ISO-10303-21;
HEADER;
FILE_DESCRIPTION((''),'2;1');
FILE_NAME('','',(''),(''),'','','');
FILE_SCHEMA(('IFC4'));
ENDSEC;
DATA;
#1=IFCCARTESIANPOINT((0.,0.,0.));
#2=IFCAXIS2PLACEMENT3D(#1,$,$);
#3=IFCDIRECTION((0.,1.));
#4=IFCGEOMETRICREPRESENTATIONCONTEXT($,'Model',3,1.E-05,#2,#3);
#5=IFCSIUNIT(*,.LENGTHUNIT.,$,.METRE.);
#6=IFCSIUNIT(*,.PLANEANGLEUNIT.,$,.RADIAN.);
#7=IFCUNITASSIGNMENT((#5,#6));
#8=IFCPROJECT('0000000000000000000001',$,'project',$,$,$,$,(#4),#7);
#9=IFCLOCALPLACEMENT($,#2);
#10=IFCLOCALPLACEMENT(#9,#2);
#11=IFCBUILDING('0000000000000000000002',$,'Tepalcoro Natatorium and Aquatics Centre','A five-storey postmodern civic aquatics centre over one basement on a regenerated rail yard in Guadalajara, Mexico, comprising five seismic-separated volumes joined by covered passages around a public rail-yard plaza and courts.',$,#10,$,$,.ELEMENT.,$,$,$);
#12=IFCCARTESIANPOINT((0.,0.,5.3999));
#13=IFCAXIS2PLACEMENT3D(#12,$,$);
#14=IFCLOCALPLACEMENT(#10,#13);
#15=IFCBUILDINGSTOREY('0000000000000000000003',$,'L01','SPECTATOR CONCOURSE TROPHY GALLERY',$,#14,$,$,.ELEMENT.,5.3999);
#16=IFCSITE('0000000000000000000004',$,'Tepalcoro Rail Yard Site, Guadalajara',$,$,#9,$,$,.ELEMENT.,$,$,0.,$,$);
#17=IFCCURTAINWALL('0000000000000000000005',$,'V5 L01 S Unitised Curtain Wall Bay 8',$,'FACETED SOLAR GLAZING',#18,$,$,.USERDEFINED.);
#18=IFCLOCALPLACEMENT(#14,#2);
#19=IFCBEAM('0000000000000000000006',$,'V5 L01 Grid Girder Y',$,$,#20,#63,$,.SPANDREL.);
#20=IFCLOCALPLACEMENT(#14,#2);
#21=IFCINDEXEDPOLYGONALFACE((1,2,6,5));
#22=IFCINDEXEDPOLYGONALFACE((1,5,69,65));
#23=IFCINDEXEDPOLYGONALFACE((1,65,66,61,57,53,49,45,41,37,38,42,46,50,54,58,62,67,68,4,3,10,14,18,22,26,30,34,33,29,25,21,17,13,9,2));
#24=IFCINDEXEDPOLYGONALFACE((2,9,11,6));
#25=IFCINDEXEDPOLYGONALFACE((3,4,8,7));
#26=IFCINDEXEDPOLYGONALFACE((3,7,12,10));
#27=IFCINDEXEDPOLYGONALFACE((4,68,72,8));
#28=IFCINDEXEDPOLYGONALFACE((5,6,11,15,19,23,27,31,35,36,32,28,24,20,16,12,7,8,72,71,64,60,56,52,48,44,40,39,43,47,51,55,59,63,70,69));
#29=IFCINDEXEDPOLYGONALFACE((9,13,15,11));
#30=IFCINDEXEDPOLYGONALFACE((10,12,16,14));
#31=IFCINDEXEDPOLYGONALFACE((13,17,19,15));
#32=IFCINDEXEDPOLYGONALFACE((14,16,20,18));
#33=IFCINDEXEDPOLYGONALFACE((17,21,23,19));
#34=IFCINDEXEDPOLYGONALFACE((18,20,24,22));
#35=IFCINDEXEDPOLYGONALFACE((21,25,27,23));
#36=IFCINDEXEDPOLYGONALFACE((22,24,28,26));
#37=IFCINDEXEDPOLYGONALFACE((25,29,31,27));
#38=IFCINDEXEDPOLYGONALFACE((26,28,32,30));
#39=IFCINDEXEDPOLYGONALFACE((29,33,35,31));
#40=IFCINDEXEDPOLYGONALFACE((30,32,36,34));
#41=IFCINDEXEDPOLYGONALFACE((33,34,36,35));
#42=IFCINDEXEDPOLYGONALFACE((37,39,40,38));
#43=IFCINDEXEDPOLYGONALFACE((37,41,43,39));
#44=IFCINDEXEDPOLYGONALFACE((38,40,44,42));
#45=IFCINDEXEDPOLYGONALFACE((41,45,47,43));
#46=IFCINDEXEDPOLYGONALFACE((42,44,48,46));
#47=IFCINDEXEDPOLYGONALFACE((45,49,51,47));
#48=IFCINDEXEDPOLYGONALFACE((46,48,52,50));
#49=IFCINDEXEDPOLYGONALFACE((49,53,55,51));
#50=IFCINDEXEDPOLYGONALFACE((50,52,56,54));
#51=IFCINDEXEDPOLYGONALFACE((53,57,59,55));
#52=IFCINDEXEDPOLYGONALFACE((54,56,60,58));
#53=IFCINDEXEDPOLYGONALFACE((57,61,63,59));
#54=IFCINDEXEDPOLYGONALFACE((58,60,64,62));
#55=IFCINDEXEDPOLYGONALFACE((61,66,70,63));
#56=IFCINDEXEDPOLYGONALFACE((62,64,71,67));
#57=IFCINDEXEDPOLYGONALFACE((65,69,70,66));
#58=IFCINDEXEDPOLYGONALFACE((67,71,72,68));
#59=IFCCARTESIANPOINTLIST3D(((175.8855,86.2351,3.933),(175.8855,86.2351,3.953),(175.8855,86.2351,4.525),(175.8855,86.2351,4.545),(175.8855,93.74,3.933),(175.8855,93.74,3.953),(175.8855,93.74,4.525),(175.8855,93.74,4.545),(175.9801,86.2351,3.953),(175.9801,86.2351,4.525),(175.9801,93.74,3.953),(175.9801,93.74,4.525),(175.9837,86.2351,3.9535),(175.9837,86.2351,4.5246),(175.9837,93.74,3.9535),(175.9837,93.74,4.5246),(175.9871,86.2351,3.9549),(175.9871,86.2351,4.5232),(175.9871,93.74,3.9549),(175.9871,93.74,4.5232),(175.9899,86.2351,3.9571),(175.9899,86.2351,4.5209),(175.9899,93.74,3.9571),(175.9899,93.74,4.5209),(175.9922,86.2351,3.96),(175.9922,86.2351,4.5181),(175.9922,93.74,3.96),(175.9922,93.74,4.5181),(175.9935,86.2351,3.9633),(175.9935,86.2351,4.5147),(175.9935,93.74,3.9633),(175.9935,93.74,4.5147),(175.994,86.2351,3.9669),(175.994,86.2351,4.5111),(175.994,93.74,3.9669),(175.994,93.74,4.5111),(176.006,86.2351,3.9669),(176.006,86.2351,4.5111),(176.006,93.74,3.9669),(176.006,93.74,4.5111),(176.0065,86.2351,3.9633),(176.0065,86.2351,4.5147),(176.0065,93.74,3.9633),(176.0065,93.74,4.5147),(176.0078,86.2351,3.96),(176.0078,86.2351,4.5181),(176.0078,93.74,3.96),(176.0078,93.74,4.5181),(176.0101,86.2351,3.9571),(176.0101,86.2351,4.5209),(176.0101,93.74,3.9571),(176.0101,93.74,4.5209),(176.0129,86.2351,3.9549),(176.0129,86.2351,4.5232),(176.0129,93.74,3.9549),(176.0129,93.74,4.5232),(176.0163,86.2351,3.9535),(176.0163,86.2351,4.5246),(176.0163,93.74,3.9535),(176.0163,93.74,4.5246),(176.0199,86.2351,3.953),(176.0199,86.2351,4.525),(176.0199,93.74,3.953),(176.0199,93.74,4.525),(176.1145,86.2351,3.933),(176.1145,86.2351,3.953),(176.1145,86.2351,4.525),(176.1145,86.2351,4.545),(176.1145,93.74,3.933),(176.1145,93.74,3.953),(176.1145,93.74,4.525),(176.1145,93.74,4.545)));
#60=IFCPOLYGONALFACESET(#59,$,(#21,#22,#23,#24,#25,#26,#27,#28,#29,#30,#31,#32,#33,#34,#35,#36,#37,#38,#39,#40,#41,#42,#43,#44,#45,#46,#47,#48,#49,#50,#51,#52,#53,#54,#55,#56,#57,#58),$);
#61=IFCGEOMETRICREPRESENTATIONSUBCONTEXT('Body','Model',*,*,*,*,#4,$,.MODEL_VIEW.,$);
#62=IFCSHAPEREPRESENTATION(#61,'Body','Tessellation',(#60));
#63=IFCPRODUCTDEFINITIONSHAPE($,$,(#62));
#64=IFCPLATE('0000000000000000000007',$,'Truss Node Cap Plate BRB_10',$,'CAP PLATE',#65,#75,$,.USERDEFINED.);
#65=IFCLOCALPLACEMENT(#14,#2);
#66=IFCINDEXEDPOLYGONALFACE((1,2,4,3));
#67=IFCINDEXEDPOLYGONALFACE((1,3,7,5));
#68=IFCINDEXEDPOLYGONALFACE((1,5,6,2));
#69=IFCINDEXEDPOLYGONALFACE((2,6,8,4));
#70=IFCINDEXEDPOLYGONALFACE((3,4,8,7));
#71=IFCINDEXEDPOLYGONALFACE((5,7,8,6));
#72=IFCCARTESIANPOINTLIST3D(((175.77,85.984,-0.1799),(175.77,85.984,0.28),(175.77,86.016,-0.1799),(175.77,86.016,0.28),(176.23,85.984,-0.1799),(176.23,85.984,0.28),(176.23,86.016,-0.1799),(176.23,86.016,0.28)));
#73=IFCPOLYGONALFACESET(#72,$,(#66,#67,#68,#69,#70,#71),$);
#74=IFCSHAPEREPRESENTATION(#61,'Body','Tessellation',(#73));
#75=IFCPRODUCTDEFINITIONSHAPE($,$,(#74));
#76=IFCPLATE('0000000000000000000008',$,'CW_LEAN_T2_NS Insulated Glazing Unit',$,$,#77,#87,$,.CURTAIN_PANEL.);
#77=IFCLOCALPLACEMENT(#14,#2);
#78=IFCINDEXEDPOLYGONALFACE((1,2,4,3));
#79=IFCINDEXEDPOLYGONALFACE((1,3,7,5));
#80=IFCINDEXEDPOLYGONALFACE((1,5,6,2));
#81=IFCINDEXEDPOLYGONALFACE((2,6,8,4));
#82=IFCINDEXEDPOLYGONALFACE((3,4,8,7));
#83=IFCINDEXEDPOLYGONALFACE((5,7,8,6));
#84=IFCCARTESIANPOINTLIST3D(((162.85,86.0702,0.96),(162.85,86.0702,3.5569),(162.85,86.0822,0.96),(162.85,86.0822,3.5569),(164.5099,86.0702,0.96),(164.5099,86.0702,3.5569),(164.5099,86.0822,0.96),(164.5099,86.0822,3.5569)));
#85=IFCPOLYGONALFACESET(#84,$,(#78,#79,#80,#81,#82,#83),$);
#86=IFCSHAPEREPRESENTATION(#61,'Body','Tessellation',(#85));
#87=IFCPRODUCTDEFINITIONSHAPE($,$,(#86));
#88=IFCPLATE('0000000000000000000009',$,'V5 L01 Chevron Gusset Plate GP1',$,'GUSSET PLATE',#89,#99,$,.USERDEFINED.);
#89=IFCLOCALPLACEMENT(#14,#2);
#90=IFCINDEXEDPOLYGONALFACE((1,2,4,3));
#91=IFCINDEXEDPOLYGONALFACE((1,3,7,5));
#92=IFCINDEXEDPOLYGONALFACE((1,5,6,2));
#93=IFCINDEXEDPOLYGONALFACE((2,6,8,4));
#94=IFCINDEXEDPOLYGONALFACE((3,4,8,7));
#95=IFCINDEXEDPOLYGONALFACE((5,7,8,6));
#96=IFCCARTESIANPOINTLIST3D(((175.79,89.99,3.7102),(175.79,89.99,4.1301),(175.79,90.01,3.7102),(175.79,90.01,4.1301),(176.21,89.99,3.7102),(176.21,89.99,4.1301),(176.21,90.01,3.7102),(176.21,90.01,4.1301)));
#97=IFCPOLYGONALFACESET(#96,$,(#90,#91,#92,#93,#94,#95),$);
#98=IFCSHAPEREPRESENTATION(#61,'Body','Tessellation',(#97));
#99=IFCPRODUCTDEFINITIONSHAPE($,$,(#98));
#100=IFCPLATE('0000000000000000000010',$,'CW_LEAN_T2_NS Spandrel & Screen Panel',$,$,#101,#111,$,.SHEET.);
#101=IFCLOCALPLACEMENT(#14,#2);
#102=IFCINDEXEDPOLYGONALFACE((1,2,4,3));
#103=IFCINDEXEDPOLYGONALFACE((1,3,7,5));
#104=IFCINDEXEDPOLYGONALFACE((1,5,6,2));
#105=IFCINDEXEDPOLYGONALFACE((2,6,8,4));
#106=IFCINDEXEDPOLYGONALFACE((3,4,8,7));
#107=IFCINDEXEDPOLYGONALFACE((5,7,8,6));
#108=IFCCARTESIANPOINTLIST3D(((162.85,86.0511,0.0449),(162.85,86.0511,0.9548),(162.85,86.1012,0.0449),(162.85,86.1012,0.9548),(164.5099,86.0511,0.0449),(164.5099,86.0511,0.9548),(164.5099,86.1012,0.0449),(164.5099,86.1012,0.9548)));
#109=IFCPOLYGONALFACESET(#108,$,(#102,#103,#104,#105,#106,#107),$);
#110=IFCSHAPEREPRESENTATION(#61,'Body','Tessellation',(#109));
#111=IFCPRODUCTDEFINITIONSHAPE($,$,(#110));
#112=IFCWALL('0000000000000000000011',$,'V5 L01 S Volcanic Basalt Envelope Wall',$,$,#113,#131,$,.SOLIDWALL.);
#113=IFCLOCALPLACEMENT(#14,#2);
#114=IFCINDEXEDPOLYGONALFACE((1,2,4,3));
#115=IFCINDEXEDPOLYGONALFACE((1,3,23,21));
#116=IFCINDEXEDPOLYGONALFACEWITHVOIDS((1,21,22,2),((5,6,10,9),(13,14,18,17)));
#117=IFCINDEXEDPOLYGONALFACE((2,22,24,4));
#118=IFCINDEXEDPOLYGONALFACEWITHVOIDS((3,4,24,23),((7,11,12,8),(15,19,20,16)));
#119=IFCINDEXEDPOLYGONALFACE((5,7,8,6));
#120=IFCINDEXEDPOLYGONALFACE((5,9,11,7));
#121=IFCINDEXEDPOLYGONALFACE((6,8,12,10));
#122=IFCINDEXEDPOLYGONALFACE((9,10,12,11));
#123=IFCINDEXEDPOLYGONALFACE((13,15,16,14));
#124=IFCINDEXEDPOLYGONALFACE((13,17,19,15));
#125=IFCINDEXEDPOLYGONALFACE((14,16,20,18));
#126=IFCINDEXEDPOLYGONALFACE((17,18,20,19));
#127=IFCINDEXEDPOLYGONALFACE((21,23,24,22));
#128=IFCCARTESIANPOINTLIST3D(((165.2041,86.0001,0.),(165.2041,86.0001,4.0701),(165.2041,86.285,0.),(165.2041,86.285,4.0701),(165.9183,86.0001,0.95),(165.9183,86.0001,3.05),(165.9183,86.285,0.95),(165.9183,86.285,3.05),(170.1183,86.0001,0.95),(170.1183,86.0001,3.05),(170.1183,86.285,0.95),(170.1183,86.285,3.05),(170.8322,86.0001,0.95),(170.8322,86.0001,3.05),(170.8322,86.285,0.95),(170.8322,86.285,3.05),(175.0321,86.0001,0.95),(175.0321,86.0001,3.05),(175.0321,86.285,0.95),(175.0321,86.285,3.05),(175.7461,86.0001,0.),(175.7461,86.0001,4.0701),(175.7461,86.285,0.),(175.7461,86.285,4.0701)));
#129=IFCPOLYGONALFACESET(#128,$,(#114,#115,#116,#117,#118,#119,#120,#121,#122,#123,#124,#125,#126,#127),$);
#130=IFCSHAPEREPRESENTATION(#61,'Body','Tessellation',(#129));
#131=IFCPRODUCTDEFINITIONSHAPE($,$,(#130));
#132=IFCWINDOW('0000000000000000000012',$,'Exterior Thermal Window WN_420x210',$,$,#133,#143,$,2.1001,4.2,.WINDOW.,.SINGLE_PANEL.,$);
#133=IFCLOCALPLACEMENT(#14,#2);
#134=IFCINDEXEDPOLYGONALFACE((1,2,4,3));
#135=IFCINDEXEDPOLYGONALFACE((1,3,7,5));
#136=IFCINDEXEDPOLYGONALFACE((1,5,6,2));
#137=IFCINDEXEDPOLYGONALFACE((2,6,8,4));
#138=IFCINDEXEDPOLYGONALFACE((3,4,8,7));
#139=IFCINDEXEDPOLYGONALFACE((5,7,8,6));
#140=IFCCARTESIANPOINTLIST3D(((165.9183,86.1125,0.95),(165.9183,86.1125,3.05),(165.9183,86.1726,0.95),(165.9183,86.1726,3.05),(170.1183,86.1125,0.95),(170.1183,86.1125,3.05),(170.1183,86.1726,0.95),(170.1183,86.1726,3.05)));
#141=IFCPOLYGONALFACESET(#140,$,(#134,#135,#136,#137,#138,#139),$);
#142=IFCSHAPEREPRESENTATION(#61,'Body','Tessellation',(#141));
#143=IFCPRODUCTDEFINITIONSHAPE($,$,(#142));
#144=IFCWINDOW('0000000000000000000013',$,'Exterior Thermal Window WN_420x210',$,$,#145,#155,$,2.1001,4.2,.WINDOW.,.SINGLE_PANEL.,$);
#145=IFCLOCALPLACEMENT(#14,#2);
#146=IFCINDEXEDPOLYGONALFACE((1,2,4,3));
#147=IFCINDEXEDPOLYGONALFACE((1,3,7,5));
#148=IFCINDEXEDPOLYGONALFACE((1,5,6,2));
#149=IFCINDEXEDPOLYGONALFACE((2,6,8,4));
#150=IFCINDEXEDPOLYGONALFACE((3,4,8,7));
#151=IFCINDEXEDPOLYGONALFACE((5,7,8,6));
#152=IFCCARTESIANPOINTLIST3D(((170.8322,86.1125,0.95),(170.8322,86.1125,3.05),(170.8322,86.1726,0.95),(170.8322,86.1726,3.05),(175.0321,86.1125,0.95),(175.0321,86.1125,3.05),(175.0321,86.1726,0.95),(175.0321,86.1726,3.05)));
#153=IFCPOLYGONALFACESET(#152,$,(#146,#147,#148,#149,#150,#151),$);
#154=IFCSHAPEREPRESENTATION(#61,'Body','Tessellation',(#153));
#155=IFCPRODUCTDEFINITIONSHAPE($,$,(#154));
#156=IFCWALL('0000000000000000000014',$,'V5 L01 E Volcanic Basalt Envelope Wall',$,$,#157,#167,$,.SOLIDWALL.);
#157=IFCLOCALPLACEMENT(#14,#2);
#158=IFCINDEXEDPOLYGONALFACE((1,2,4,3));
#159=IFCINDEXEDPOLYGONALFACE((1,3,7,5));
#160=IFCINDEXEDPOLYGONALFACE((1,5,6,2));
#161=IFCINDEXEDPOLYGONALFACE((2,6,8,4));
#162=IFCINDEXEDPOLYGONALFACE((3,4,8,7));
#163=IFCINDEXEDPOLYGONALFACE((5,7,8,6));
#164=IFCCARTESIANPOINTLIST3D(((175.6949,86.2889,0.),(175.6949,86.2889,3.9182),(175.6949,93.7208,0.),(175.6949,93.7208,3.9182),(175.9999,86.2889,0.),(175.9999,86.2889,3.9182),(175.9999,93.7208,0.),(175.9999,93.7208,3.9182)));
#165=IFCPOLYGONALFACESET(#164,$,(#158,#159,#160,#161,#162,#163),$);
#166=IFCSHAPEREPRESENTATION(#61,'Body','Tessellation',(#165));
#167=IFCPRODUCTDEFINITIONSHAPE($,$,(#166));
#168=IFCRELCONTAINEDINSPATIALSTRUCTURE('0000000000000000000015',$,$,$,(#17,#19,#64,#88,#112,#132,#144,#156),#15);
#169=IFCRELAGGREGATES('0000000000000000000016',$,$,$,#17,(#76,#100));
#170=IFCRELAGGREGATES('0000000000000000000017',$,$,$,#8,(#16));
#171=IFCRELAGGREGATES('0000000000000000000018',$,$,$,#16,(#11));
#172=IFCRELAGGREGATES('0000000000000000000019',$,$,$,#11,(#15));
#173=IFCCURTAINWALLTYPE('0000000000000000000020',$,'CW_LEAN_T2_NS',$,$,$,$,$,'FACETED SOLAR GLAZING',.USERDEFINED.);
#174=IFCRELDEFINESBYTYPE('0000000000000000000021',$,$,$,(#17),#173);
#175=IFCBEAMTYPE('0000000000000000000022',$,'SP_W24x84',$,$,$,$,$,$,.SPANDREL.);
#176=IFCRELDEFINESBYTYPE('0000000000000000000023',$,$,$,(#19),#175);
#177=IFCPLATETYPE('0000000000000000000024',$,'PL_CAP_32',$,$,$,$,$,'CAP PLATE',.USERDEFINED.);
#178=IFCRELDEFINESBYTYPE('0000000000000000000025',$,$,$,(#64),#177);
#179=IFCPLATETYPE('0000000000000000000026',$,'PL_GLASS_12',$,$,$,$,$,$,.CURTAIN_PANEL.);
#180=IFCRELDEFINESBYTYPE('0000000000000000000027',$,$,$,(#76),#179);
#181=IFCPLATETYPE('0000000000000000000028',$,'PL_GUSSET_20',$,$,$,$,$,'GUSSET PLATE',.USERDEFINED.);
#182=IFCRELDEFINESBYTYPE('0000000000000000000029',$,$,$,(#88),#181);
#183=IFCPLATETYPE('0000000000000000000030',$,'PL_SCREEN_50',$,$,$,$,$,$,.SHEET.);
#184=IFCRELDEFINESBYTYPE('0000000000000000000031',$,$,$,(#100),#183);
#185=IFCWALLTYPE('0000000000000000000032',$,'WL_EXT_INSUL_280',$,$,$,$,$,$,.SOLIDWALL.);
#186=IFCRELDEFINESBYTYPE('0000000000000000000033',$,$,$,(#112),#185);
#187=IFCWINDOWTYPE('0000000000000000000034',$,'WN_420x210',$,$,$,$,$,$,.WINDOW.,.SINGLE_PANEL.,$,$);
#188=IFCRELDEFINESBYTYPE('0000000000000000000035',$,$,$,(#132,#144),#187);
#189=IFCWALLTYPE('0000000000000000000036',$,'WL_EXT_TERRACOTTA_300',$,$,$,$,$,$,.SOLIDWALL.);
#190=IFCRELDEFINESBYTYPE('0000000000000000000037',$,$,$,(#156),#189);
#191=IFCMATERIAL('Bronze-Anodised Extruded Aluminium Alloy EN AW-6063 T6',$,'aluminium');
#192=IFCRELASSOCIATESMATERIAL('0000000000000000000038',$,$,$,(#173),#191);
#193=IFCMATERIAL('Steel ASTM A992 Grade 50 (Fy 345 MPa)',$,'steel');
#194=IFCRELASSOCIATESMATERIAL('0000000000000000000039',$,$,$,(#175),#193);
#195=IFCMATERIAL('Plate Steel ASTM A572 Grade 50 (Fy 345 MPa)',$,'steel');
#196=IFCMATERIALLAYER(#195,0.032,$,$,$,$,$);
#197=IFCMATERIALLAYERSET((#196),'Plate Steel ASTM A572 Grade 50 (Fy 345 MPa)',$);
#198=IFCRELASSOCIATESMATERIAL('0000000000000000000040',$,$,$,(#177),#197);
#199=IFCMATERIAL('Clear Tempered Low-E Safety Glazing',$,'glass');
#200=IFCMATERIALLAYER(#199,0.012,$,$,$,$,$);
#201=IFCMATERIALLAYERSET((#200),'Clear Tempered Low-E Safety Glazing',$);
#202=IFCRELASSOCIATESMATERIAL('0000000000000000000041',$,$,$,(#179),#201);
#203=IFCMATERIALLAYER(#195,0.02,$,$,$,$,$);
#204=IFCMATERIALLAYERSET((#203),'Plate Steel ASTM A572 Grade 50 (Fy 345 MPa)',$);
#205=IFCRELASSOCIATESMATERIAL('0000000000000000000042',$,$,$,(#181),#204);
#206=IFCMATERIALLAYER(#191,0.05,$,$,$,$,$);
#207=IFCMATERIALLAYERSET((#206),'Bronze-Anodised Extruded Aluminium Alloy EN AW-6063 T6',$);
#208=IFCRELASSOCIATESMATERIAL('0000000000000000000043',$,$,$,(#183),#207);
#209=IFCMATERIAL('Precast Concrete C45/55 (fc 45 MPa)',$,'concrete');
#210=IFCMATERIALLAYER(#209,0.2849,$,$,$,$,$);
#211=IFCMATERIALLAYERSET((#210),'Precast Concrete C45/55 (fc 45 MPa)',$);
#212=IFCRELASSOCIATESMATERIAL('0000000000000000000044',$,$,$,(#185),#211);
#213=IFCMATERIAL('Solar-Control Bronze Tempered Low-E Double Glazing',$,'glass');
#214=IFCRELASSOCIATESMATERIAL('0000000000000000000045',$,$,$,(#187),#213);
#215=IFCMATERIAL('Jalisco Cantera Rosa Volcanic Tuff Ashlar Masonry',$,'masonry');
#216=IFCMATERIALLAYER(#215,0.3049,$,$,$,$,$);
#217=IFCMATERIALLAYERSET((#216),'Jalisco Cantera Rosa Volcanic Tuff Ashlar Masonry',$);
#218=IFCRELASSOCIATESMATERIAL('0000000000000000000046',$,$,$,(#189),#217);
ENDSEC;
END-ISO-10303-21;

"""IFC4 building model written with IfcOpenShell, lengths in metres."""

from ifc_helpers import new_model, si_unit, direction, frame, frame_2d, origin, origin_2d, place, context, subcontext, project, spatial, rectangle, i_section, extrude, material, layer, layer_set, material_profile, profile_set, type_object, element, fill, aggregate, save


model = new_model("IFC4")

# Units and contexts
model_context = context("Model", 3, precision=1e-05, world=origin(), true_north=direction((0.0, 1.0)))
body_context = subcontext(model_context, "Body", "Model", "MODEL_VIEW")
ifc_project = project(units=[si_unit("LENGTHUNIT", "METRE"), si_unit("PLANEANGLEUNIT", "RADIAN")], contexts=[model_context])

# Site, building, storey
site_placement = place(None, origin())
site = spatial("IfcSite", under=ifc_project, at=site_placement, Name="Tepalcoro Rail Yard Site, Guadalajara", CompositionType="ELEMENT", RefElevation=0.0)
building_placement = place(site_placement, origin())
building = spatial("IfcBuilding", under=site, at=building_placement, Name="Tepalcoro Natatorium and Aquatics Centre", Description="A five-storey postmodern civic aquatics centre over one basement on a regenerated rail yard in Guadalajara, Mexico, comprising five seismic-separated volumes joined by covered passages around a public rail-yard plaza and courts.", CompositionType="ELEMENT")
storey_placement = place(building_placement, frame((0.0, 0.0, 5.3999)))
storey = spatial("IfcBuildingStorey", under=building, at=storey_placement, Name="L01", Description="SPECTATOR CONCOURSE TROPHY GALLERY", CompositionType="ELEMENT", Elevation=5.3999)

# Shared definitions
ifc_material_1 = material(Name="Steel ASTM A992 Grade 50 (Fy 345 MPa)", Category="steel")

# Curtain wall
ifc_material_2 = material(Name="Bronze-Anodised Extruded Aluminium Alloy EN AW-6063 T6", Category="aluminium")
curtain_wall_type = type_object("IfcCurtainWallType", Name="CW_LEAN_T2_NS", ElementType="FACETED SOLAR GLAZING", PredefinedType="USERDEFINED", material=ifc_material_2)
curtain_wall_placement = place(storey_placement, origin())
curtain_wall = element("IfcCurtainWall", 1, at=curtain_wall_placement, inside=storey, type_object=curtain_wall_type, Name="V5 L01 S Unitised Curtain Wall Bay 8", ObjectType="FACETED SOLAR GLAZING", PredefinedType="USERDEFINED")

# Beam
ifc_material_profile_1 = material_profile(ifc_material_1, i_section(OverallWidth=0.229, OverallDepth=0.6121, WebThickness=0.012, FlangeThickness=0.02, FilletRadius=0.0139, at=origin_2d()), Name="W24X84")
ifc_profile_set_1 = profile_set([ifc_material_profile_1], Name="Steel ASTM A992 Grade 50 (Fy 345 MPa)")
beam_type_1 = type_object("IfcBeamType", Name="SP_W24x84", PredefinedType="SPANDREL", material=ifc_profile_set_1)
beam_1_placement = place(storey_placement, frame((176.0, 86.2351, 4.239), z_axis=(0.0, 1.0, 0.0), x_axis=(-1.0, 0.0, 0.0)))
element("IfcBeam", 2, at=beam_1_placement, inside=storey, type_object=beam_type_1, Name="V5 L01 Grid Girder Y", PredefinedType="SPANDREL", context=body_context, shape_type="SweptSolid", body=[
    extrude(i_section(OverallWidth=0.229, OverallDepth=0.6121, WebThickness=0.012, FlangeThickness=0.02, FilletRadius=0.0139, at=origin_2d()), origin(), (0.0, 0.0, 1.0), 7.5049),
])

# Plates
ifc_material_3 = material(Name="Plate Steel ASTM A572 Grade 50 (Fy 345 MPa)", Category="steel")
ifc_layer_1 = layer(ifc_material_3, 0.032)
ifc_layer_set_1 = layer_set([ifc_layer_1], Name="Plate Steel ASTM A572 Grade 50 (Fy 345 MPa)")
plate_type_1 = type_object("IfcPlateType", Name="PL_CAP_32", ElementType="CAP PLATE", PredefinedType="USERDEFINED", material=ifc_layer_set_1)
plate_1_placement = place(storey_placement, frame((176.0, 86.0, -0.1799), z_axis=(0.0, 0.0, 1.0), x_axis=(1.0, 0.0, 0.0)))
element("IfcPlate", 3, at=plate_1_placement, inside=storey, type_object=plate_type_1, Name="Truss Node Cap Plate BRB_10", ObjectType="CAP PLATE", PredefinedType="USERDEFINED", context=body_context, shape_type="SweptSolid", body=[
    extrude(rectangle(XDim=0.46, YDim=0.032, at=origin_2d()), origin(), (0.0, 0.0, 1.0), 0.46),
])
ifc_material_4 = material(Name="Clear Tempered Low-E Safety Glazing", Category="glass")
ifc_layer_2 = layer(ifc_material_4, 0.012)
ifc_layer_set_2 = layer_set([ifc_layer_2], Name="Clear Tempered Low-E Safety Glazing")
plate_type_2 = type_object("IfcPlateType", Name="PL_GLASS_12", PredefinedType="CURTAIN_PANEL", material=ifc_layer_set_2)
plate_2_placement = place(storey_placement, frame((163.6799, 86.0762, 0.96), z_axis=(0.0, 0.0, 1.0), x_axis=(1.0, 0.0, 0.0)))
plate_2 = element("IfcPlate", 4, at=plate_2_placement, type_object=plate_type_2, Name="CW_LEAN_T2_NS Insulated Glazing Unit", PredefinedType="CURTAIN_PANEL", context=body_context, shape_type="SweptSolid", body=[
    extrude(rectangle(XDim=1.6599, YDim=0.012, at=origin_2d()), origin(), (0.0, 0.0, 1.0), 2.5969),
])
ifc_layer_3 = layer(ifc_material_3, 0.02)
ifc_layer_set_3 = layer_set([ifc_layer_3], Name="Plate Steel ASTM A572 Grade 50 (Fy 345 MPa)")
plate_type_3 = type_object("IfcPlateType", Name="PL_GUSSET_20", ElementType="GUSSET PLATE", PredefinedType="USERDEFINED", material=ifc_layer_set_3)
plate_3_placement = place(storey_placement, frame((176.0, 90.0, 3.7102), z_axis=(0.0, 0.0, 1.0), x_axis=(1.0, 0.0, 0.0)))
element("IfcPlate", 5, at=plate_3_placement, inside=storey, type_object=plate_type_3, Name="V5 L01 Chevron Gusset Plate GP1", ObjectType="GUSSET PLATE", PredefinedType="USERDEFINED", context=body_context, shape_type="SweptSolid", body=[
    extrude(rectangle(XDim=0.4199, YDim=0.02, at=origin_2d()), origin(), (0.0, 0.0, 1.0), 0.4199),
])
ifc_layer_4 = layer(ifc_material_2, 0.05)
ifc_layer_set_4 = layer_set([ifc_layer_4], Name="Bronze-Anodised Extruded Aluminium Alloy EN AW-6063 T6")
plate_type_4 = type_object("IfcPlateType", Name="PL_SCREEN_50", PredefinedType="SHEET", material=ifc_layer_set_4)
plate_4_placement = place(storey_placement, frame((163.6799, 86.0762, 0.0449), z_axis=(0.0, 0.0, 1.0), x_axis=(1.0, 0.0, 0.0)))
plate_4 = element("IfcPlate", 6, at=plate_4_placement, type_object=plate_type_4, Name="CW_LEAN_T2_NS Spandrel & Screen Panel", PredefinedType="SHEET", context=body_context, shape_type="SweptSolid", body=[
    extrude(rectangle(XDim=1.6599, YDim=0.05, at=origin_2d()), origin(), (0.0, 0.0, 1.0), 0.9099),
])
aggregate(curtain_wall, [plate_2, plate_4])

# Wall, openings, windows
ifc_material_5 = material(Name="Precast Concrete C45/55 (fc 45 MPa)", Category="concrete")
ifc_layer_5 = layer(ifc_material_5, 0.2849)
ifc_layer_set_5 = layer_set([ifc_layer_5], Name="Precast Concrete C45/55 (fc 45 MPa)")
wall_type_1 = type_object("IfcWallType", Name="WL_EXT_INSUL_280", PredefinedType="SOLIDWALL", material=ifc_layer_set_5)
wall_1_placement = place(storey_placement, frame((165.2041, 86.1426, 0.0), z_axis=(0.0, 0.0, 1.0), x_axis=(1.0, 0.0, 0.0)))
wall_1 = element("IfcWall", 7, at=wall_1_placement, inside=storey, type_object=wall_type_1, Name="V5 L01 S Volcanic Basalt Envelope Wall", PredefinedType="SOLIDWALL", context=body_context, shape_type="SweptSolid", body=[
    extrude(rectangle(XDim=10.542, YDim=0.2849, at=frame_2d((5.271, 0.0))), origin(), (0.0, 0.0, 1.0), 4.0701),
])
opening_1_placement = place(wall_1_placement, frame((0.7141, 0.0, 0.95)))
opening_1 = element("IfcOpeningElement", 8, at=opening_1_placement, cuts=wall_1, PredefinedType="OPENING", context=body_context, shape_type="SweptSolid", body=[
    extrude(rectangle(XDim=4.2, YDim=2.1001, at=frame_2d((2.1001, 1.05))), frame((0.0, 0.1543, 0.0), z_axis=(0.0, -1.0, 0.0), x_axis=(1.0, 0.0, 0.0)), (0.0, 0.0, 1.0), 0.3088),
])
opening_2_placement = place(wall_1_placement, frame((5.6279, 0.0, 0.95)))
opening_2 = element("IfcOpeningElement", 9, at=opening_2_placement, cuts=wall_1, PredefinedType="OPENING", context=body_context, shape_type="SweptSolid", body=[
    extrude(rectangle(XDim=4.2, YDim=2.1001, at=frame_2d((2.1001, 1.05))), frame((0.0, 0.1543, 0.0), z_axis=(0.0, -1.0, 0.0), x_axis=(1.0, 0.0, 0.0)), (0.0, 0.0, 1.0), 0.3088),
])
ifc_material_6 = material(Name="Solar-Control Bronze Tempered Low-E Double Glazing", Category="glass")
window_type = type_object("IfcWindowType", Name="WN_420x210", PartitioningType="SINGLE_PANEL", PredefinedType="WINDOW", material=ifc_material_6)
window_1_placement = place(opening_1_placement, origin())
window_1 = element("IfcWindow", 10, at=window_1_placement, inside=storey, type_object=window_type, Name="Exterior Thermal Window WN_420x210", OverallHeight=2.1001, OverallWidth=4.2, PartitioningType="SINGLE_PANEL", PredefinedType="WINDOW", context=body_context, shape_type="SweptSolid", body=[
    extrude(rectangle(XDim=4.2, YDim=2.1001, at=frame_2d((2.1001, 1.05))), frame((0.0, 0.03, 0.0), z_axis=(0.0, -1.0, 0.0), x_axis=(1.0, 0.0, 0.0)), (0.0, 0.0, 1.0), 0.0601),
])
fill(opening_1, window_1)
window_2_placement = place(opening_2_placement, origin())
window_2 = element("IfcWindow", 11, at=window_2_placement, inside=storey, type_object=window_type, Name="Exterior Thermal Window WN_420x210", OverallHeight=2.1001, OverallWidth=4.2, PartitioningType="SINGLE_PANEL", PredefinedType="WINDOW", context=body_context, shape_type="SweptSolid", body=[
    extrude(rectangle(XDim=4.2, YDim=2.1001, at=frame_2d((2.1001, 1.05))), frame((0.0, 0.03, 0.0), z_axis=(0.0, -1.0, 0.0), x_axis=(1.0, 0.0, 0.0)), (0.0, 0.0, 1.0), 0.0601),
])
fill(opening_2, window_2)

# Wall
ifc_material_7 = material(Name="Jalisco Cantera Rosa Volcanic Tuff Ashlar Masonry", Category="masonry")
ifc_layer_6 = layer(ifc_material_7, 0.3049)
ifc_layer_set_6 = layer_set([ifc_layer_6], Name="Jalisco Cantera Rosa Volcanic Tuff Ashlar Masonry")
wall_type_2 = type_object("IfcWallType", Name="WL_EXT_TERRACOTTA_300", PredefinedType="SOLIDWALL", material=ifc_layer_set_6)
wall_2_placement = place(storey_placement, frame((175.8474, 86.2891, 0.0), z_axis=(0.0, 0.0, 1.0), x_axis=(0.0, 1.0, 0.0)))
element("IfcWall", 12, at=wall_2_placement, inside=storey, type_object=wall_type_2, Name="V5 L01 E Volcanic Basalt Envelope Wall", PredefinedType="SOLIDWALL", context=body_context, shape_type="SweptSolid", body=[
    extrude(rectangle(XDim=7.4319, YDim=0.3049, at=frame_2d((3.7158, 0.0))), origin(), (0.0, 0.0, 1.0), 3.9182),
])

save(model, "model.ifc")
